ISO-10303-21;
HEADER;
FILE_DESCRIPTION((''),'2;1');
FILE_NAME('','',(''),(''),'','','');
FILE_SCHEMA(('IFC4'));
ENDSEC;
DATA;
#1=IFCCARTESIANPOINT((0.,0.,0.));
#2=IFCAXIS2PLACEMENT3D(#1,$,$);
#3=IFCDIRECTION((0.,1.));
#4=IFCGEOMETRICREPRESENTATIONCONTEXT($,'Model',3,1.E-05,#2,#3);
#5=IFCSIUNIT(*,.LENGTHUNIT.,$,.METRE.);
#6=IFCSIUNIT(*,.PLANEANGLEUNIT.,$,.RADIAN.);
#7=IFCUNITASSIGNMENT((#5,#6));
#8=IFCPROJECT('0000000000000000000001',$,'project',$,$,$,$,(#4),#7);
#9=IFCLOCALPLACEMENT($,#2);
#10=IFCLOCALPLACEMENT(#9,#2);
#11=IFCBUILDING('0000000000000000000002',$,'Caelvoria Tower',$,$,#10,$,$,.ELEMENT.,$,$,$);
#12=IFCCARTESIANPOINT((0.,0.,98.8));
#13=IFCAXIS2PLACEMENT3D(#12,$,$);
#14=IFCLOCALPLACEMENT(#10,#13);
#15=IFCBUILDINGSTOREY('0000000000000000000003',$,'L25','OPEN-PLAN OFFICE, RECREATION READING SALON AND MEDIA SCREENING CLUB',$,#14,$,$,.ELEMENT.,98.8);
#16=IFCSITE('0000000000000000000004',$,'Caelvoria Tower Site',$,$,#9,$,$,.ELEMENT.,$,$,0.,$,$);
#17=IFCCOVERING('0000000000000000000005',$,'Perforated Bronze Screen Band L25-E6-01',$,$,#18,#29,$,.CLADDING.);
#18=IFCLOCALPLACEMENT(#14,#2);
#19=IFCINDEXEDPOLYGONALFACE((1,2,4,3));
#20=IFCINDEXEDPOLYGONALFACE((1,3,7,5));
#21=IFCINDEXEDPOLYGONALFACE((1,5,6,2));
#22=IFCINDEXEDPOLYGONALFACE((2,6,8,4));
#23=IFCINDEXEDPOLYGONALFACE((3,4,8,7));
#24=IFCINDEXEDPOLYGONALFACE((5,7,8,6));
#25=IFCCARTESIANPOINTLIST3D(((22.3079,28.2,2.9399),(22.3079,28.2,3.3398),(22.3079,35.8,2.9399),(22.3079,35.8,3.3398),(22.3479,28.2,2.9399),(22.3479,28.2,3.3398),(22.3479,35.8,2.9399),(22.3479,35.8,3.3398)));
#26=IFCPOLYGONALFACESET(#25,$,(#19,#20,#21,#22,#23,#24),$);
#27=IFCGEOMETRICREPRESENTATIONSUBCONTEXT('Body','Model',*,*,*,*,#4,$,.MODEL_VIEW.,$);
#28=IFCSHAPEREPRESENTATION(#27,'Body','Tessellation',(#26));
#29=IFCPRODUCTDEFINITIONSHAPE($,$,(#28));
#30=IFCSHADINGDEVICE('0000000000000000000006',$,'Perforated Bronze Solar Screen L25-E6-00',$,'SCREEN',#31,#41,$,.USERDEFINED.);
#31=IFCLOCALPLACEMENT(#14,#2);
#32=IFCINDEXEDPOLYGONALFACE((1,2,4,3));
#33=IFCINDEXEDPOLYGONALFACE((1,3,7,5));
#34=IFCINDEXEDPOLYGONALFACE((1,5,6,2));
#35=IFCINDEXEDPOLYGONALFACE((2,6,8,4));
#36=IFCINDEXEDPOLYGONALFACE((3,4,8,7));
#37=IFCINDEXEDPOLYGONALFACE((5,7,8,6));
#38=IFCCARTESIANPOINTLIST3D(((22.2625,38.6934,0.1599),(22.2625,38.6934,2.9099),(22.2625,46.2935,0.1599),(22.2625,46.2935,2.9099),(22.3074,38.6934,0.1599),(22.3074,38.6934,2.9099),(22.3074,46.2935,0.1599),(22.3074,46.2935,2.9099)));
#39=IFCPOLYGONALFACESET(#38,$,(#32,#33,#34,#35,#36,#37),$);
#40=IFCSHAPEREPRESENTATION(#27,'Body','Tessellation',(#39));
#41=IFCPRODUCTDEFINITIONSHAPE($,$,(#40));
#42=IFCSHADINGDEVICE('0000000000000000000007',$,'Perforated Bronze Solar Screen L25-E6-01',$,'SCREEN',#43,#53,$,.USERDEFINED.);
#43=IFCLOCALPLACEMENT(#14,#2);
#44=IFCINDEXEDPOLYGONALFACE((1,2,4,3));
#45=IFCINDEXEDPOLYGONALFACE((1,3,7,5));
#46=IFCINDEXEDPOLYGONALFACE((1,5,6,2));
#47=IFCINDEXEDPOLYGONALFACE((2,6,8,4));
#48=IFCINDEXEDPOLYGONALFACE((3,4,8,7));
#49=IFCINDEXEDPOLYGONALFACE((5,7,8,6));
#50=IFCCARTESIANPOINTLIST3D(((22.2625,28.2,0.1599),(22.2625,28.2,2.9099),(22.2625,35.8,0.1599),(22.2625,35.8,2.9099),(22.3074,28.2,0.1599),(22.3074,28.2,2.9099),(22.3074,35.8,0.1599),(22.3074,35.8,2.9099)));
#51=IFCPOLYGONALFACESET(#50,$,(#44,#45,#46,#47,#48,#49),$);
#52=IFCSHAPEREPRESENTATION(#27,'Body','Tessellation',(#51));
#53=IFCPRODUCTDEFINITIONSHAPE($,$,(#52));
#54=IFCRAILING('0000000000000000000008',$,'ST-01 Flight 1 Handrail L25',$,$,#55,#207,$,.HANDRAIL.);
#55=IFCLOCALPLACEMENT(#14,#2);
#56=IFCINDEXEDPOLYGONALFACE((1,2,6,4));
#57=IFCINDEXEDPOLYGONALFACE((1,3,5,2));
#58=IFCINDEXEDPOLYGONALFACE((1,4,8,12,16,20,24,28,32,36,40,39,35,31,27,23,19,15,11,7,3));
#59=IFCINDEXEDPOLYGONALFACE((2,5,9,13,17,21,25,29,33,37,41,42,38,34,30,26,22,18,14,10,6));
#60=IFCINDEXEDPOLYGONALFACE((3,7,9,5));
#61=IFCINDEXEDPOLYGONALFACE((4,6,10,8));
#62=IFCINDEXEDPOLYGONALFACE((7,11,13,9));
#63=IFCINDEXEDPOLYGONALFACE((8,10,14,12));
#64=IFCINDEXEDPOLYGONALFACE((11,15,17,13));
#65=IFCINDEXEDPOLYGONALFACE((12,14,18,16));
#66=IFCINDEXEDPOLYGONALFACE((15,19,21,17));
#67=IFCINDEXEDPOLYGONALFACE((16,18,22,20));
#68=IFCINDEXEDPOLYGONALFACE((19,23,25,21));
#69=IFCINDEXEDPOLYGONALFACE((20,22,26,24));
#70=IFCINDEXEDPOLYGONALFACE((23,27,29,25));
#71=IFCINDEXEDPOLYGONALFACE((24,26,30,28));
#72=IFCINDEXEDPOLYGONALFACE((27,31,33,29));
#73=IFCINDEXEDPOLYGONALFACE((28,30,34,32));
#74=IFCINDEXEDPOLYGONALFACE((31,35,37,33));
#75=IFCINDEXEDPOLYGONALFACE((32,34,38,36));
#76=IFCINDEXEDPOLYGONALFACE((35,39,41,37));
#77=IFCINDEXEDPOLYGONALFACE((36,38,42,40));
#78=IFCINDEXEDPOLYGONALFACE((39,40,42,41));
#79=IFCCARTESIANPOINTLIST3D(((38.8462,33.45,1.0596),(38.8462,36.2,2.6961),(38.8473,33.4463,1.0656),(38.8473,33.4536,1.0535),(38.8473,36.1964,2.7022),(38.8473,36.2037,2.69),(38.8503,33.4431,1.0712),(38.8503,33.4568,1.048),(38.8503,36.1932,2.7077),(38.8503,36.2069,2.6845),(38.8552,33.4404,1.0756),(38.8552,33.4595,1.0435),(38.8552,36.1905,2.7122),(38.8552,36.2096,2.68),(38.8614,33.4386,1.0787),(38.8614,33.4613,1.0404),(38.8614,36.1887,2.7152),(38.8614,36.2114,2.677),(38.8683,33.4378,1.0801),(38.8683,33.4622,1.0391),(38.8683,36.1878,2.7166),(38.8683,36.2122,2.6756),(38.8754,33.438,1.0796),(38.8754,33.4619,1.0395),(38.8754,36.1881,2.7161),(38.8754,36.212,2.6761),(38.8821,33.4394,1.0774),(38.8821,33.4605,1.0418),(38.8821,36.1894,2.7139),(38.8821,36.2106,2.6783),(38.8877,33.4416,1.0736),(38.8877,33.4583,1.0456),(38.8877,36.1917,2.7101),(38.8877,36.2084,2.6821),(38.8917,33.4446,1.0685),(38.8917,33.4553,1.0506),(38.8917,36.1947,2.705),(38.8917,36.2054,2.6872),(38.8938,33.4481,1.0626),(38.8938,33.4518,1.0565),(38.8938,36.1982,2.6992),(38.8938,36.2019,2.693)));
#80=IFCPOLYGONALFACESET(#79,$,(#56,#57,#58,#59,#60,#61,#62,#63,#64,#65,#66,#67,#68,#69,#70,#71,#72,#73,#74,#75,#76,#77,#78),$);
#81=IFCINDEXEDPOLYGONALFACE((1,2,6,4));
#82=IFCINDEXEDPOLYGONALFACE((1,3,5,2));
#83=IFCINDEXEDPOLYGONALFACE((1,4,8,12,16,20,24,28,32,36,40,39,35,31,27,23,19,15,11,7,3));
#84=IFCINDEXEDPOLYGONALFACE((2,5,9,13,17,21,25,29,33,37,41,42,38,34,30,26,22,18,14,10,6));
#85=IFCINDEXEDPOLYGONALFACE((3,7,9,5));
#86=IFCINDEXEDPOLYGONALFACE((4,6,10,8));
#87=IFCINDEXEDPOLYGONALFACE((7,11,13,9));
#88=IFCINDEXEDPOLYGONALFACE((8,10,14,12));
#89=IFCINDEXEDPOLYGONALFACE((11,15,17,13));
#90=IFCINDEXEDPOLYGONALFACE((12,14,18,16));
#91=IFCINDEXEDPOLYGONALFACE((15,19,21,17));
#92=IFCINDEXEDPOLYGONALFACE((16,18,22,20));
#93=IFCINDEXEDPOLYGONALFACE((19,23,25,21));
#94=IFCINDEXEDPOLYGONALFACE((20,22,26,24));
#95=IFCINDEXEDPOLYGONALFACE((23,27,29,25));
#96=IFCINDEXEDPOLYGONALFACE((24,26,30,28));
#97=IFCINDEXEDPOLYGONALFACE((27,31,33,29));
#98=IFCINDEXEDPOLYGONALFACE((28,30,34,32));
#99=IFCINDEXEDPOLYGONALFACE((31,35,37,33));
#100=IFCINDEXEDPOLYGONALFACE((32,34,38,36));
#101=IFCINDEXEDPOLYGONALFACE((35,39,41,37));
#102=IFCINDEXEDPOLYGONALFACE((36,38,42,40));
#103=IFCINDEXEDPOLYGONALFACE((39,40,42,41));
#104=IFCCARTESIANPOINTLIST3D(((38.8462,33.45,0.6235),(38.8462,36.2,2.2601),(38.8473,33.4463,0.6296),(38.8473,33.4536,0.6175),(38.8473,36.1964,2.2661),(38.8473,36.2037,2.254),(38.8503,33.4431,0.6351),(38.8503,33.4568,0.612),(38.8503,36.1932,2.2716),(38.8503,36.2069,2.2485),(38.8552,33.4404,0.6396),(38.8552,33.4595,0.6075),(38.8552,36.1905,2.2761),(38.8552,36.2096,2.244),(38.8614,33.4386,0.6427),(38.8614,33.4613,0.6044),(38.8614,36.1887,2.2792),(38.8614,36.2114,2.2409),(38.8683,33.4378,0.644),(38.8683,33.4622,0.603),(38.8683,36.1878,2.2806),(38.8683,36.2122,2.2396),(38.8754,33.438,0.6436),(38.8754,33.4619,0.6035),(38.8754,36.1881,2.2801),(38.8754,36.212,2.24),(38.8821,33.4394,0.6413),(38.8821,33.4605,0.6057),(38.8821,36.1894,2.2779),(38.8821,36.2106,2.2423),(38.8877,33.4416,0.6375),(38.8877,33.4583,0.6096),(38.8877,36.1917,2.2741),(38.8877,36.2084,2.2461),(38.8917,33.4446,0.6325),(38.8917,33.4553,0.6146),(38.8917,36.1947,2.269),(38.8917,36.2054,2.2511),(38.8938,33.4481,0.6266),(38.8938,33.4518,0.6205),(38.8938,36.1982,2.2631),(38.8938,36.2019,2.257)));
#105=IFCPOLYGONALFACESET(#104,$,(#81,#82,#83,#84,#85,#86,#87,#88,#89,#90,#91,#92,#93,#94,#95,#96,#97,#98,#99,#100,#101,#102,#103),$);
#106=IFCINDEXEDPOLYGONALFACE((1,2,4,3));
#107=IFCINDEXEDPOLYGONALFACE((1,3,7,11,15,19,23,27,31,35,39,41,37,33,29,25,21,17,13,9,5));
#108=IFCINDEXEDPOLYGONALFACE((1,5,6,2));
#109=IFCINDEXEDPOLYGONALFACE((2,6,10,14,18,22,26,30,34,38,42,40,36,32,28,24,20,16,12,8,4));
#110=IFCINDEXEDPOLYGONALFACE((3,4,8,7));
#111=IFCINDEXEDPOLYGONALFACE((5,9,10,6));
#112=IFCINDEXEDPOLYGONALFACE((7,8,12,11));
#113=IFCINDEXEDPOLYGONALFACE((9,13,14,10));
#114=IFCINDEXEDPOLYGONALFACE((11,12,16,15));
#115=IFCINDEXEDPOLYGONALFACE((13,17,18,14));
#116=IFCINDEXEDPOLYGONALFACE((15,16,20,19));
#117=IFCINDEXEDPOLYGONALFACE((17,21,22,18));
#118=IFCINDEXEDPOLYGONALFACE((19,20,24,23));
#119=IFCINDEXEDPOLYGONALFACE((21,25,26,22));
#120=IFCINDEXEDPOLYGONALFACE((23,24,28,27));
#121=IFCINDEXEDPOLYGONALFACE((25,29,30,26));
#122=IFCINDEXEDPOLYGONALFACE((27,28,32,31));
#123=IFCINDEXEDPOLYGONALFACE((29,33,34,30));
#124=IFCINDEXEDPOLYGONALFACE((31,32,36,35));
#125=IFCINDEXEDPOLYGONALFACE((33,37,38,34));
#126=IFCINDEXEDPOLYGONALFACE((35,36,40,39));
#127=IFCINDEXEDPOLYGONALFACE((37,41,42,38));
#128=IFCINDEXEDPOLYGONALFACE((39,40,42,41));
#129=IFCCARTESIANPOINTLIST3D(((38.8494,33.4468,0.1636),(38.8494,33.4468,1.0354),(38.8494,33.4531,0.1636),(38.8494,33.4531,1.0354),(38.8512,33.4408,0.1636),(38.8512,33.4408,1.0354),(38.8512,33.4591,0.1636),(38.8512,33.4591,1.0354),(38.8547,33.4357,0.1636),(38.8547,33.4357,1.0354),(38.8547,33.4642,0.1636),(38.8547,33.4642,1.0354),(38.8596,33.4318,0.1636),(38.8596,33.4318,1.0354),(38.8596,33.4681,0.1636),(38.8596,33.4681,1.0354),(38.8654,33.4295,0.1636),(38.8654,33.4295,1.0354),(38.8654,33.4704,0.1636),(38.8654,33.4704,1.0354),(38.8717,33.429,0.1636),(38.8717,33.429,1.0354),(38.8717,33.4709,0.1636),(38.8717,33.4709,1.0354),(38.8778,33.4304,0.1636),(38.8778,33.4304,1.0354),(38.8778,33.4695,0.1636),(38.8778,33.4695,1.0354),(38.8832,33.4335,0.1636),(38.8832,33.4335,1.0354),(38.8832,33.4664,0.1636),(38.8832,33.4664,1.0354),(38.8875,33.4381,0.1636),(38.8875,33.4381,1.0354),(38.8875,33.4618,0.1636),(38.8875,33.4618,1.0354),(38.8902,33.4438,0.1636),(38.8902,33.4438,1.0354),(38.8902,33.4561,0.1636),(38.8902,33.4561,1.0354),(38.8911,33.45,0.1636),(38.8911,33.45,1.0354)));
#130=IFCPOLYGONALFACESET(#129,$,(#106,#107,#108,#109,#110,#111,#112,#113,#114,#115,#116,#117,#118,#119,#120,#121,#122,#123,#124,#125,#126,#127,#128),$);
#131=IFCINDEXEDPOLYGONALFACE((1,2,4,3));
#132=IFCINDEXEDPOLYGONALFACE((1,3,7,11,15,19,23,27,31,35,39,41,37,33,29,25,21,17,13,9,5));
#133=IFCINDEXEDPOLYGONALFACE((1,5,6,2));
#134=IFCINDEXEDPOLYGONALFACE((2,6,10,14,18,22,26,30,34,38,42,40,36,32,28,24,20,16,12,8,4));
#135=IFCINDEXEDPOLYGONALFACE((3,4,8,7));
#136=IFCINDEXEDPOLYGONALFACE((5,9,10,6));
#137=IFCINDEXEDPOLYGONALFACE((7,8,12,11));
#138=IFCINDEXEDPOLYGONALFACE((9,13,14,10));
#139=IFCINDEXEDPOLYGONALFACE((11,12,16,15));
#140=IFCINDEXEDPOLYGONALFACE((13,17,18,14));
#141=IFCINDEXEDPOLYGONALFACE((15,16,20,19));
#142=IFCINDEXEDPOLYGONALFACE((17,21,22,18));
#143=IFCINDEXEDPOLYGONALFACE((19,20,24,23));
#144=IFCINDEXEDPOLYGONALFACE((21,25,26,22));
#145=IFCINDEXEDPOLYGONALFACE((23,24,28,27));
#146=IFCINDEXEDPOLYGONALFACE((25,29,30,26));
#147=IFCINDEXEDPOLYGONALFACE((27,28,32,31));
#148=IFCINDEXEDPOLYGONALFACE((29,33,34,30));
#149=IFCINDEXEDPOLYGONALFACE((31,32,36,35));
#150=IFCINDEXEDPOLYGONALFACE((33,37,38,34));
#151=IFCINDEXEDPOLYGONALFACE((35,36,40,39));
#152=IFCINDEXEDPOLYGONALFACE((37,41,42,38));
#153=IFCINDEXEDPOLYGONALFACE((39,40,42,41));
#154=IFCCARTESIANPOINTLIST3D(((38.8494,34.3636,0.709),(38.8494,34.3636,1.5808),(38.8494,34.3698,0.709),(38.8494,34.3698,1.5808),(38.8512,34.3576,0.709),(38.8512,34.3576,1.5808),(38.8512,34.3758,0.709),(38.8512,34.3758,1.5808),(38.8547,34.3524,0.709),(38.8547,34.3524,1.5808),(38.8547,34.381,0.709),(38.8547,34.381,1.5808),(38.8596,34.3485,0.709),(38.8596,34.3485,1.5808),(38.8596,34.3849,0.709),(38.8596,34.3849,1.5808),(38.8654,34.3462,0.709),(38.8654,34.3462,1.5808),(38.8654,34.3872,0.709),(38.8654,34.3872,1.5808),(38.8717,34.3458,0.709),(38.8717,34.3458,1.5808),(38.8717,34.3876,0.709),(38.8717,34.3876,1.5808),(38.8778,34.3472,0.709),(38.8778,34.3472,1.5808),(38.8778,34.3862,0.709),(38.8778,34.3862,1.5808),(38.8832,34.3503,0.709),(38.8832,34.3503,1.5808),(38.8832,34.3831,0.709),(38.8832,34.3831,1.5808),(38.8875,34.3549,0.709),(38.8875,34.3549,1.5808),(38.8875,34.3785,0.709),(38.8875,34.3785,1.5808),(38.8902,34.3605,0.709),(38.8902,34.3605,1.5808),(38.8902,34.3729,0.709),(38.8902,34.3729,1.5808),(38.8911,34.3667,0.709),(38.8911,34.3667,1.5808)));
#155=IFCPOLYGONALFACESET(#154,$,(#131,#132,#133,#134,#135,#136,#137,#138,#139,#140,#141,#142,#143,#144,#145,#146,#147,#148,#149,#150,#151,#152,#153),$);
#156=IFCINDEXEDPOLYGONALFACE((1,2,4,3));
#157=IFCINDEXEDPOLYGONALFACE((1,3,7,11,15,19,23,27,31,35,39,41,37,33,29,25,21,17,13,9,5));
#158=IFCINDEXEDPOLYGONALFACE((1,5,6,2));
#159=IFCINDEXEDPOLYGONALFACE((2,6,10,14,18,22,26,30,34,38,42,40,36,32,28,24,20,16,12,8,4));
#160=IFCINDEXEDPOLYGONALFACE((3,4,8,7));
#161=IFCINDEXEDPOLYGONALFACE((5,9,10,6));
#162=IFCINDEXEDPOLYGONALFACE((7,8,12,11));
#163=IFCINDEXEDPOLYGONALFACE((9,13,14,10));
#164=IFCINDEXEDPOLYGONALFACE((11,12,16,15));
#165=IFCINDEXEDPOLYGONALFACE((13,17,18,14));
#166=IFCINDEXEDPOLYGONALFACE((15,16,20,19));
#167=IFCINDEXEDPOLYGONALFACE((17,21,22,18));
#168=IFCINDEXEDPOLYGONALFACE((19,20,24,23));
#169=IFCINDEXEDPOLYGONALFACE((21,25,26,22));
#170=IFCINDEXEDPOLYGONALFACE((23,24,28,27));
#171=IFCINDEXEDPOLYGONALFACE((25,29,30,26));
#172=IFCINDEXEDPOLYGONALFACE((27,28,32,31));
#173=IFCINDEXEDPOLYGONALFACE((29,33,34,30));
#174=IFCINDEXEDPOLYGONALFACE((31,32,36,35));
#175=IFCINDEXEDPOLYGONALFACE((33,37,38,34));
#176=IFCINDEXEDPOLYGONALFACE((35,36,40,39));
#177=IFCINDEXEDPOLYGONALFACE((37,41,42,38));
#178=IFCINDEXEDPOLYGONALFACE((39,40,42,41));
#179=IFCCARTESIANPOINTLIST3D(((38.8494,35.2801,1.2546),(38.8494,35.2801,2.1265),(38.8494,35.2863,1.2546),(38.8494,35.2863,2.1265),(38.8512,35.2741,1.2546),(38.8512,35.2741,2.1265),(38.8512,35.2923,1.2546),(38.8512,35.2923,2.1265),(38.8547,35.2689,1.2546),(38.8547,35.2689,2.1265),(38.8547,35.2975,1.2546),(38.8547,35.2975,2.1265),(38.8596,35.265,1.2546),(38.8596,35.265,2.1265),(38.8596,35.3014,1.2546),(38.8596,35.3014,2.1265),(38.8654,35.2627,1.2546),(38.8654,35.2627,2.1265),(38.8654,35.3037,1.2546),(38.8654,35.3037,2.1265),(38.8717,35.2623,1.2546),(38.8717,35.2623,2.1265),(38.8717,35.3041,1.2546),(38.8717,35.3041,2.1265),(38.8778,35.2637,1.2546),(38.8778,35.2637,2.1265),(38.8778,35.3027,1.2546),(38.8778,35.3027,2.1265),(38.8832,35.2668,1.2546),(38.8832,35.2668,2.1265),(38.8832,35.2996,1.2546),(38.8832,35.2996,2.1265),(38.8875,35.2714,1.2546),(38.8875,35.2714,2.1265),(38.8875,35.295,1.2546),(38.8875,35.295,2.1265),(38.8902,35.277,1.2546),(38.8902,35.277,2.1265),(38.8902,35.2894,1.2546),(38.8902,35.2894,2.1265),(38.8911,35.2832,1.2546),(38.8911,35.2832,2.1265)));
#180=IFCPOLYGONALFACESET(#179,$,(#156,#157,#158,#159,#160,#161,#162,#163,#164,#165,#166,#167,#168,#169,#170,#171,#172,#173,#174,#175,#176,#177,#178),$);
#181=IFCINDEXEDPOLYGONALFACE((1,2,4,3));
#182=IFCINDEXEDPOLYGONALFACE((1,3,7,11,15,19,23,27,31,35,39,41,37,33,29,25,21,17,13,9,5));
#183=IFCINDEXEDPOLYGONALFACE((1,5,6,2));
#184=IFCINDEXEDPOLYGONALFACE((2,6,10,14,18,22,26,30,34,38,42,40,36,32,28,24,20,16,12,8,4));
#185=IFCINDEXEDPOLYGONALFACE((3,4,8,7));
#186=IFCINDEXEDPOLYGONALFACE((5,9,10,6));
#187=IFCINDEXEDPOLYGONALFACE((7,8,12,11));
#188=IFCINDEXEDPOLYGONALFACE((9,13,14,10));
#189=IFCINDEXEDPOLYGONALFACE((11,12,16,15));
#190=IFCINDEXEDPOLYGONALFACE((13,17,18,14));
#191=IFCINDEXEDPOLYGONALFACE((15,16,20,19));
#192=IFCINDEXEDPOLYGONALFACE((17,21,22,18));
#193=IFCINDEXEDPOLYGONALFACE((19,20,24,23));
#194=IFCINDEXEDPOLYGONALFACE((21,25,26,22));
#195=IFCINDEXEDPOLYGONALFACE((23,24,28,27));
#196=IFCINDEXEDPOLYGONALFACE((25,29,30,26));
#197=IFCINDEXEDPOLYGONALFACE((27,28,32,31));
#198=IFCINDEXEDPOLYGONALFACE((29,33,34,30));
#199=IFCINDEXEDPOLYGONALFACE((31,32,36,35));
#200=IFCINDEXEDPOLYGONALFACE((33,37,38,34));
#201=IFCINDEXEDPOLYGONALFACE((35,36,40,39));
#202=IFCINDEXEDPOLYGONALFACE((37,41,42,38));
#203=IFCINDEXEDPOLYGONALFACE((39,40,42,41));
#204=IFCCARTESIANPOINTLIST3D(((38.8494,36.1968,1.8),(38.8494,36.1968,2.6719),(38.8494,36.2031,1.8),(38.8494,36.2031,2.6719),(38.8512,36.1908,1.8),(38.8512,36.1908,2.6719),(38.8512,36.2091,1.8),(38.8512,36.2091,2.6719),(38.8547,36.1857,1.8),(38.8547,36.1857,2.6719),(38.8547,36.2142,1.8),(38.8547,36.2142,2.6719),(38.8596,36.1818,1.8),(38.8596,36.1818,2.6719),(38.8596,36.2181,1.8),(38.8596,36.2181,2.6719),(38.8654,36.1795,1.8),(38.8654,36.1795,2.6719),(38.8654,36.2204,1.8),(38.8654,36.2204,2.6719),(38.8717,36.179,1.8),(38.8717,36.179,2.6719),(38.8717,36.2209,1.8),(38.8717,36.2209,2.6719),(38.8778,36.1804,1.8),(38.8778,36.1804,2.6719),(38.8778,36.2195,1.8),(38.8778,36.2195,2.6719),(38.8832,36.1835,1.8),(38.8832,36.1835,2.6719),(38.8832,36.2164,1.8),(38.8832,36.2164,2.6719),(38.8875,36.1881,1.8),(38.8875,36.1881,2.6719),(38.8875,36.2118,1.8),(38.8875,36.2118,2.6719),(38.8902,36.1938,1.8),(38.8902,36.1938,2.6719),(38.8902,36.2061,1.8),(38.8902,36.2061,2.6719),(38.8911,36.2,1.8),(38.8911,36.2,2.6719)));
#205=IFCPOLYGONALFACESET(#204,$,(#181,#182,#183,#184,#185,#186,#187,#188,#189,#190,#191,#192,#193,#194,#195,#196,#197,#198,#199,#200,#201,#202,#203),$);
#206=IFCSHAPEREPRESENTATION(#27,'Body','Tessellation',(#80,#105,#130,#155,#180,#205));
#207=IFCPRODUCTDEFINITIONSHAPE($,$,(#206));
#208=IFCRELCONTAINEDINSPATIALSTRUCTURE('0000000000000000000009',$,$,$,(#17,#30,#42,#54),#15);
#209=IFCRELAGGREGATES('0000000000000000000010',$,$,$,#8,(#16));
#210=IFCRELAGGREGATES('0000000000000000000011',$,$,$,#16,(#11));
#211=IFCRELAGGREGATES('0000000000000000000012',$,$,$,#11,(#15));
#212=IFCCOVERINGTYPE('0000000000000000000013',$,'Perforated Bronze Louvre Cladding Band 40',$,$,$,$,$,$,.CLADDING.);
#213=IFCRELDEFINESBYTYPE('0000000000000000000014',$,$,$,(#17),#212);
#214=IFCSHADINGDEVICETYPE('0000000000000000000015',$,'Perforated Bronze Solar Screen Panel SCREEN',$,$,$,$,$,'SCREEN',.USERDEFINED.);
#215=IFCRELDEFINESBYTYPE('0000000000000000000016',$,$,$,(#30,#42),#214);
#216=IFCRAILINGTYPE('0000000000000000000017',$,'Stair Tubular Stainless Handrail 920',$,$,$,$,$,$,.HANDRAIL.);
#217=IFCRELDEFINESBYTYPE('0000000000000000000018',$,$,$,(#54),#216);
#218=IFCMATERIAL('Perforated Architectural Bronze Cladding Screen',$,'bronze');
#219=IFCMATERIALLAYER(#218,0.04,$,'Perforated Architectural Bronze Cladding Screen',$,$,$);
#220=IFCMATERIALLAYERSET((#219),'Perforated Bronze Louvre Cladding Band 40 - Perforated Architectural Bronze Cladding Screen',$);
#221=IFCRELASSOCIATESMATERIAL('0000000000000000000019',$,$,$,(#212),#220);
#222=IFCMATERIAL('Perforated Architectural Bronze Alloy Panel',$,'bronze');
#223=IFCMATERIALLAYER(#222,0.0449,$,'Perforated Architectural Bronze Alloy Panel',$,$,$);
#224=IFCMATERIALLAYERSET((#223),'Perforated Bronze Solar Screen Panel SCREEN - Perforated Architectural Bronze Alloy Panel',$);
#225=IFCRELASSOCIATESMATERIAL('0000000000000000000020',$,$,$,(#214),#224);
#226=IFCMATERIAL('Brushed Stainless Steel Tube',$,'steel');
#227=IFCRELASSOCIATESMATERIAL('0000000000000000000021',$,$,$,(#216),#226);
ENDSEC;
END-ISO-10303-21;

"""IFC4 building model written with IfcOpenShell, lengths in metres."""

from ifc_helpers import new_model, si_unit, direction, frame, origin, origin_2d, place, context, subcontext, project, spatial, rectangle, circle, extrude, material, layer, layer_set, type_object, element, save


model = new_model("IFC4")

# Units and contexts
model_context = context("Model", 3, precision=1e-05, world=origin(), true_north=direction((0.0, 1.0)))
body_context = subcontext(model_context, "Body", "Model", "MODEL_VIEW")
ifc_project = project(units=[si_unit("LENGTHUNIT", "METRE"), si_unit("PLANEANGLEUNIT", "RADIAN")], contexts=[model_context])

# Site, building, storey
site_placement = place(None, origin())
site = spatial("IfcSite", under=ifc_project, at=site_placement, Name="Caelvoria Tower Site", CompositionType="ELEMENT", RefElevation=0.0)
building_placement = place(site_placement, origin())
building = spatial("IfcBuilding", under=site, at=building_placement, Name="Caelvoria Tower", CompositionType="ELEMENT")
storey_placement = place(building_placement, frame((0.0, 0.0, 98.8)))
storey = spatial("IfcBuildingStorey", under=building, at=storey_placement, Name="L25", Description="OPEN-PLAN OFFICE, RECREATION READING SALON AND MEDIA SCREENING CLUB", CompositionType="ELEMENT", Elevation=98.8)

# Covering
ifc_material_1 = material(Name="Perforated Architectural Bronze Cladding Screen", Category="bronze")
ifc_layer_1 = layer(ifc_material_1, 0.04, Name="Perforated Architectural Bronze Cladding Screen")
ifc_layer_set_1 = layer_set([ifc_layer_1], Name="Perforated Bronze Louvre Cladding Band 40 - Perforated Architectural Bronze Cladding Screen")
covering_type = type_object("IfcCoveringType", Name="Perforated Bronze Louvre Cladding Band 40", PredefinedType="CLADDING", material=ifc_layer_set_1)
for number, where, z_axis, x_axis, name in (
    (1, (22.3279, 32.0, 2.9399), (0.0, 0.0, 1.0), (0.0, -1.0, 0.0), "Perforated Bronze Screen Band L25-E6-01"),
):
    element("IfcCovering", number, at=place(storey_placement, frame(where, z_axis=z_axis, x_axis=x_axis)), inside=storey, type_object=covering_type, Name=name, PredefinedType="CLADDING", context=body_context, shape_type="SweptSolid", body=[
        extrude(rectangle(XDim=7.6001, YDim=0.04, at=origin_2d()), origin(), (0.0, 0.0, 1.0), 0.3999),
    ])

# Shading devices
ifc_material_2 = material(Name="Perforated Architectural Bronze Alloy Panel", Category="bronze")
ifc_layer_2 = layer(ifc_material_2, 0.0449, Name="Perforated Architectural Bronze Alloy Panel")
ifc_layer_set_2 = layer_set([ifc_layer_2], Name="Perforated Bronze Solar Screen Panel SCREEN - Perforated Architectural Bronze Alloy Panel")
shading_device_type = type_object("IfcShadingDeviceType", Name="Perforated Bronze Solar Screen Panel SCREEN", ElementType="SCREEN", PredefinedType="USERDEFINED", material=ifc_layer_set_2)
for number, where, z_axis, x_axis, name in (
    (2, (22.2849, 42.4934, 0.1599), (0.0, 0.0, 1.0), (0.0, -1.0, 0.0), "Perforated Bronze Solar Screen L25-E6-00"),
    (3, (22.2849, 32.0, 0.1599), (0.0, 0.0, 1.0), (0.0, -1.0, 0.0), "Perforated Bronze Solar Screen L25-E6-01"),
):
    element("IfcShadingDevice", number, at=place(storey_placement, frame(where, z_axis=z_axis, x_axis=x_axis)), inside=storey, type_object=shading_device_type, Name=name, ObjectType="SCREEN", PredefinedType="USERDEFINED", context=body_context, shape_type="SweptSolid", body=[
        extrude(rectangle(XDim=7.6001, YDim=0.0449, at=origin_2d()), origin(), (0.0, 0.0, 1.0), 2.75),
    ])

# Railing
ifc_material_3 = material(Name="Brushed Stainless Steel Tube", Category="steel")
railing_type_1 = type_object("IfcRailingType", Name="Stair Tubular Stainless Handrail 920", PredefinedType="HANDRAIL", material=ifc_material_3)
railing_1_placement = place(storey_placement, frame((38.8701, 33.45, 0.1636)))
element("IfcRailing", 4, at=railing_1_placement, inside=storey, type_object=railing_type_1, Name="ST-01 Flight 1 Handrail L25", PredefinedType="HANDRAIL", context=body_context, shape_type="SweptSolid", body=[
    extrude(circle(Radius=0.0239, at=origin_2d()), frame((0.0, 0.0, 0.896), z_axis=(0.0, 0.859352, 0.511385), x_axis=(-1.0, 0.0, 0.0)), (0.0, 0.0, 1.0), 3.2002),
    extrude(circle(Radius=0.0239, at=origin_2d()), frame((0.0, 0.0, 0.46), z_axis=(0.0, 0.859352, 0.511385), x_axis=(-1.0, 0.0, 0.0)), (0.0, 0.0, 1.0), 3.2002),
    extrude(circle(Radius=0.021, at=origin_2d()), origin(), (0.0, 0.0, 1.0), 0.8718),
    extrude(circle(Radius=0.021, at=origin_2d()), frame((0.0, 0.9167, 0.5454)), (0.0, 0.0, 1.0), 0.8718),
    extrude(circle(Radius=0.021, at=origin_2d()), frame((0.0, 1.8333, 1.0911)), (0.0, 0.0, 1.0), 0.8718),
    extrude(circle(Radius=0.021, at=origin_2d()), frame((0.0, 2.75, 1.6365)), (0.0, 0.0, 1.0), 0.8718),
])

save(model, "model.ifc")
